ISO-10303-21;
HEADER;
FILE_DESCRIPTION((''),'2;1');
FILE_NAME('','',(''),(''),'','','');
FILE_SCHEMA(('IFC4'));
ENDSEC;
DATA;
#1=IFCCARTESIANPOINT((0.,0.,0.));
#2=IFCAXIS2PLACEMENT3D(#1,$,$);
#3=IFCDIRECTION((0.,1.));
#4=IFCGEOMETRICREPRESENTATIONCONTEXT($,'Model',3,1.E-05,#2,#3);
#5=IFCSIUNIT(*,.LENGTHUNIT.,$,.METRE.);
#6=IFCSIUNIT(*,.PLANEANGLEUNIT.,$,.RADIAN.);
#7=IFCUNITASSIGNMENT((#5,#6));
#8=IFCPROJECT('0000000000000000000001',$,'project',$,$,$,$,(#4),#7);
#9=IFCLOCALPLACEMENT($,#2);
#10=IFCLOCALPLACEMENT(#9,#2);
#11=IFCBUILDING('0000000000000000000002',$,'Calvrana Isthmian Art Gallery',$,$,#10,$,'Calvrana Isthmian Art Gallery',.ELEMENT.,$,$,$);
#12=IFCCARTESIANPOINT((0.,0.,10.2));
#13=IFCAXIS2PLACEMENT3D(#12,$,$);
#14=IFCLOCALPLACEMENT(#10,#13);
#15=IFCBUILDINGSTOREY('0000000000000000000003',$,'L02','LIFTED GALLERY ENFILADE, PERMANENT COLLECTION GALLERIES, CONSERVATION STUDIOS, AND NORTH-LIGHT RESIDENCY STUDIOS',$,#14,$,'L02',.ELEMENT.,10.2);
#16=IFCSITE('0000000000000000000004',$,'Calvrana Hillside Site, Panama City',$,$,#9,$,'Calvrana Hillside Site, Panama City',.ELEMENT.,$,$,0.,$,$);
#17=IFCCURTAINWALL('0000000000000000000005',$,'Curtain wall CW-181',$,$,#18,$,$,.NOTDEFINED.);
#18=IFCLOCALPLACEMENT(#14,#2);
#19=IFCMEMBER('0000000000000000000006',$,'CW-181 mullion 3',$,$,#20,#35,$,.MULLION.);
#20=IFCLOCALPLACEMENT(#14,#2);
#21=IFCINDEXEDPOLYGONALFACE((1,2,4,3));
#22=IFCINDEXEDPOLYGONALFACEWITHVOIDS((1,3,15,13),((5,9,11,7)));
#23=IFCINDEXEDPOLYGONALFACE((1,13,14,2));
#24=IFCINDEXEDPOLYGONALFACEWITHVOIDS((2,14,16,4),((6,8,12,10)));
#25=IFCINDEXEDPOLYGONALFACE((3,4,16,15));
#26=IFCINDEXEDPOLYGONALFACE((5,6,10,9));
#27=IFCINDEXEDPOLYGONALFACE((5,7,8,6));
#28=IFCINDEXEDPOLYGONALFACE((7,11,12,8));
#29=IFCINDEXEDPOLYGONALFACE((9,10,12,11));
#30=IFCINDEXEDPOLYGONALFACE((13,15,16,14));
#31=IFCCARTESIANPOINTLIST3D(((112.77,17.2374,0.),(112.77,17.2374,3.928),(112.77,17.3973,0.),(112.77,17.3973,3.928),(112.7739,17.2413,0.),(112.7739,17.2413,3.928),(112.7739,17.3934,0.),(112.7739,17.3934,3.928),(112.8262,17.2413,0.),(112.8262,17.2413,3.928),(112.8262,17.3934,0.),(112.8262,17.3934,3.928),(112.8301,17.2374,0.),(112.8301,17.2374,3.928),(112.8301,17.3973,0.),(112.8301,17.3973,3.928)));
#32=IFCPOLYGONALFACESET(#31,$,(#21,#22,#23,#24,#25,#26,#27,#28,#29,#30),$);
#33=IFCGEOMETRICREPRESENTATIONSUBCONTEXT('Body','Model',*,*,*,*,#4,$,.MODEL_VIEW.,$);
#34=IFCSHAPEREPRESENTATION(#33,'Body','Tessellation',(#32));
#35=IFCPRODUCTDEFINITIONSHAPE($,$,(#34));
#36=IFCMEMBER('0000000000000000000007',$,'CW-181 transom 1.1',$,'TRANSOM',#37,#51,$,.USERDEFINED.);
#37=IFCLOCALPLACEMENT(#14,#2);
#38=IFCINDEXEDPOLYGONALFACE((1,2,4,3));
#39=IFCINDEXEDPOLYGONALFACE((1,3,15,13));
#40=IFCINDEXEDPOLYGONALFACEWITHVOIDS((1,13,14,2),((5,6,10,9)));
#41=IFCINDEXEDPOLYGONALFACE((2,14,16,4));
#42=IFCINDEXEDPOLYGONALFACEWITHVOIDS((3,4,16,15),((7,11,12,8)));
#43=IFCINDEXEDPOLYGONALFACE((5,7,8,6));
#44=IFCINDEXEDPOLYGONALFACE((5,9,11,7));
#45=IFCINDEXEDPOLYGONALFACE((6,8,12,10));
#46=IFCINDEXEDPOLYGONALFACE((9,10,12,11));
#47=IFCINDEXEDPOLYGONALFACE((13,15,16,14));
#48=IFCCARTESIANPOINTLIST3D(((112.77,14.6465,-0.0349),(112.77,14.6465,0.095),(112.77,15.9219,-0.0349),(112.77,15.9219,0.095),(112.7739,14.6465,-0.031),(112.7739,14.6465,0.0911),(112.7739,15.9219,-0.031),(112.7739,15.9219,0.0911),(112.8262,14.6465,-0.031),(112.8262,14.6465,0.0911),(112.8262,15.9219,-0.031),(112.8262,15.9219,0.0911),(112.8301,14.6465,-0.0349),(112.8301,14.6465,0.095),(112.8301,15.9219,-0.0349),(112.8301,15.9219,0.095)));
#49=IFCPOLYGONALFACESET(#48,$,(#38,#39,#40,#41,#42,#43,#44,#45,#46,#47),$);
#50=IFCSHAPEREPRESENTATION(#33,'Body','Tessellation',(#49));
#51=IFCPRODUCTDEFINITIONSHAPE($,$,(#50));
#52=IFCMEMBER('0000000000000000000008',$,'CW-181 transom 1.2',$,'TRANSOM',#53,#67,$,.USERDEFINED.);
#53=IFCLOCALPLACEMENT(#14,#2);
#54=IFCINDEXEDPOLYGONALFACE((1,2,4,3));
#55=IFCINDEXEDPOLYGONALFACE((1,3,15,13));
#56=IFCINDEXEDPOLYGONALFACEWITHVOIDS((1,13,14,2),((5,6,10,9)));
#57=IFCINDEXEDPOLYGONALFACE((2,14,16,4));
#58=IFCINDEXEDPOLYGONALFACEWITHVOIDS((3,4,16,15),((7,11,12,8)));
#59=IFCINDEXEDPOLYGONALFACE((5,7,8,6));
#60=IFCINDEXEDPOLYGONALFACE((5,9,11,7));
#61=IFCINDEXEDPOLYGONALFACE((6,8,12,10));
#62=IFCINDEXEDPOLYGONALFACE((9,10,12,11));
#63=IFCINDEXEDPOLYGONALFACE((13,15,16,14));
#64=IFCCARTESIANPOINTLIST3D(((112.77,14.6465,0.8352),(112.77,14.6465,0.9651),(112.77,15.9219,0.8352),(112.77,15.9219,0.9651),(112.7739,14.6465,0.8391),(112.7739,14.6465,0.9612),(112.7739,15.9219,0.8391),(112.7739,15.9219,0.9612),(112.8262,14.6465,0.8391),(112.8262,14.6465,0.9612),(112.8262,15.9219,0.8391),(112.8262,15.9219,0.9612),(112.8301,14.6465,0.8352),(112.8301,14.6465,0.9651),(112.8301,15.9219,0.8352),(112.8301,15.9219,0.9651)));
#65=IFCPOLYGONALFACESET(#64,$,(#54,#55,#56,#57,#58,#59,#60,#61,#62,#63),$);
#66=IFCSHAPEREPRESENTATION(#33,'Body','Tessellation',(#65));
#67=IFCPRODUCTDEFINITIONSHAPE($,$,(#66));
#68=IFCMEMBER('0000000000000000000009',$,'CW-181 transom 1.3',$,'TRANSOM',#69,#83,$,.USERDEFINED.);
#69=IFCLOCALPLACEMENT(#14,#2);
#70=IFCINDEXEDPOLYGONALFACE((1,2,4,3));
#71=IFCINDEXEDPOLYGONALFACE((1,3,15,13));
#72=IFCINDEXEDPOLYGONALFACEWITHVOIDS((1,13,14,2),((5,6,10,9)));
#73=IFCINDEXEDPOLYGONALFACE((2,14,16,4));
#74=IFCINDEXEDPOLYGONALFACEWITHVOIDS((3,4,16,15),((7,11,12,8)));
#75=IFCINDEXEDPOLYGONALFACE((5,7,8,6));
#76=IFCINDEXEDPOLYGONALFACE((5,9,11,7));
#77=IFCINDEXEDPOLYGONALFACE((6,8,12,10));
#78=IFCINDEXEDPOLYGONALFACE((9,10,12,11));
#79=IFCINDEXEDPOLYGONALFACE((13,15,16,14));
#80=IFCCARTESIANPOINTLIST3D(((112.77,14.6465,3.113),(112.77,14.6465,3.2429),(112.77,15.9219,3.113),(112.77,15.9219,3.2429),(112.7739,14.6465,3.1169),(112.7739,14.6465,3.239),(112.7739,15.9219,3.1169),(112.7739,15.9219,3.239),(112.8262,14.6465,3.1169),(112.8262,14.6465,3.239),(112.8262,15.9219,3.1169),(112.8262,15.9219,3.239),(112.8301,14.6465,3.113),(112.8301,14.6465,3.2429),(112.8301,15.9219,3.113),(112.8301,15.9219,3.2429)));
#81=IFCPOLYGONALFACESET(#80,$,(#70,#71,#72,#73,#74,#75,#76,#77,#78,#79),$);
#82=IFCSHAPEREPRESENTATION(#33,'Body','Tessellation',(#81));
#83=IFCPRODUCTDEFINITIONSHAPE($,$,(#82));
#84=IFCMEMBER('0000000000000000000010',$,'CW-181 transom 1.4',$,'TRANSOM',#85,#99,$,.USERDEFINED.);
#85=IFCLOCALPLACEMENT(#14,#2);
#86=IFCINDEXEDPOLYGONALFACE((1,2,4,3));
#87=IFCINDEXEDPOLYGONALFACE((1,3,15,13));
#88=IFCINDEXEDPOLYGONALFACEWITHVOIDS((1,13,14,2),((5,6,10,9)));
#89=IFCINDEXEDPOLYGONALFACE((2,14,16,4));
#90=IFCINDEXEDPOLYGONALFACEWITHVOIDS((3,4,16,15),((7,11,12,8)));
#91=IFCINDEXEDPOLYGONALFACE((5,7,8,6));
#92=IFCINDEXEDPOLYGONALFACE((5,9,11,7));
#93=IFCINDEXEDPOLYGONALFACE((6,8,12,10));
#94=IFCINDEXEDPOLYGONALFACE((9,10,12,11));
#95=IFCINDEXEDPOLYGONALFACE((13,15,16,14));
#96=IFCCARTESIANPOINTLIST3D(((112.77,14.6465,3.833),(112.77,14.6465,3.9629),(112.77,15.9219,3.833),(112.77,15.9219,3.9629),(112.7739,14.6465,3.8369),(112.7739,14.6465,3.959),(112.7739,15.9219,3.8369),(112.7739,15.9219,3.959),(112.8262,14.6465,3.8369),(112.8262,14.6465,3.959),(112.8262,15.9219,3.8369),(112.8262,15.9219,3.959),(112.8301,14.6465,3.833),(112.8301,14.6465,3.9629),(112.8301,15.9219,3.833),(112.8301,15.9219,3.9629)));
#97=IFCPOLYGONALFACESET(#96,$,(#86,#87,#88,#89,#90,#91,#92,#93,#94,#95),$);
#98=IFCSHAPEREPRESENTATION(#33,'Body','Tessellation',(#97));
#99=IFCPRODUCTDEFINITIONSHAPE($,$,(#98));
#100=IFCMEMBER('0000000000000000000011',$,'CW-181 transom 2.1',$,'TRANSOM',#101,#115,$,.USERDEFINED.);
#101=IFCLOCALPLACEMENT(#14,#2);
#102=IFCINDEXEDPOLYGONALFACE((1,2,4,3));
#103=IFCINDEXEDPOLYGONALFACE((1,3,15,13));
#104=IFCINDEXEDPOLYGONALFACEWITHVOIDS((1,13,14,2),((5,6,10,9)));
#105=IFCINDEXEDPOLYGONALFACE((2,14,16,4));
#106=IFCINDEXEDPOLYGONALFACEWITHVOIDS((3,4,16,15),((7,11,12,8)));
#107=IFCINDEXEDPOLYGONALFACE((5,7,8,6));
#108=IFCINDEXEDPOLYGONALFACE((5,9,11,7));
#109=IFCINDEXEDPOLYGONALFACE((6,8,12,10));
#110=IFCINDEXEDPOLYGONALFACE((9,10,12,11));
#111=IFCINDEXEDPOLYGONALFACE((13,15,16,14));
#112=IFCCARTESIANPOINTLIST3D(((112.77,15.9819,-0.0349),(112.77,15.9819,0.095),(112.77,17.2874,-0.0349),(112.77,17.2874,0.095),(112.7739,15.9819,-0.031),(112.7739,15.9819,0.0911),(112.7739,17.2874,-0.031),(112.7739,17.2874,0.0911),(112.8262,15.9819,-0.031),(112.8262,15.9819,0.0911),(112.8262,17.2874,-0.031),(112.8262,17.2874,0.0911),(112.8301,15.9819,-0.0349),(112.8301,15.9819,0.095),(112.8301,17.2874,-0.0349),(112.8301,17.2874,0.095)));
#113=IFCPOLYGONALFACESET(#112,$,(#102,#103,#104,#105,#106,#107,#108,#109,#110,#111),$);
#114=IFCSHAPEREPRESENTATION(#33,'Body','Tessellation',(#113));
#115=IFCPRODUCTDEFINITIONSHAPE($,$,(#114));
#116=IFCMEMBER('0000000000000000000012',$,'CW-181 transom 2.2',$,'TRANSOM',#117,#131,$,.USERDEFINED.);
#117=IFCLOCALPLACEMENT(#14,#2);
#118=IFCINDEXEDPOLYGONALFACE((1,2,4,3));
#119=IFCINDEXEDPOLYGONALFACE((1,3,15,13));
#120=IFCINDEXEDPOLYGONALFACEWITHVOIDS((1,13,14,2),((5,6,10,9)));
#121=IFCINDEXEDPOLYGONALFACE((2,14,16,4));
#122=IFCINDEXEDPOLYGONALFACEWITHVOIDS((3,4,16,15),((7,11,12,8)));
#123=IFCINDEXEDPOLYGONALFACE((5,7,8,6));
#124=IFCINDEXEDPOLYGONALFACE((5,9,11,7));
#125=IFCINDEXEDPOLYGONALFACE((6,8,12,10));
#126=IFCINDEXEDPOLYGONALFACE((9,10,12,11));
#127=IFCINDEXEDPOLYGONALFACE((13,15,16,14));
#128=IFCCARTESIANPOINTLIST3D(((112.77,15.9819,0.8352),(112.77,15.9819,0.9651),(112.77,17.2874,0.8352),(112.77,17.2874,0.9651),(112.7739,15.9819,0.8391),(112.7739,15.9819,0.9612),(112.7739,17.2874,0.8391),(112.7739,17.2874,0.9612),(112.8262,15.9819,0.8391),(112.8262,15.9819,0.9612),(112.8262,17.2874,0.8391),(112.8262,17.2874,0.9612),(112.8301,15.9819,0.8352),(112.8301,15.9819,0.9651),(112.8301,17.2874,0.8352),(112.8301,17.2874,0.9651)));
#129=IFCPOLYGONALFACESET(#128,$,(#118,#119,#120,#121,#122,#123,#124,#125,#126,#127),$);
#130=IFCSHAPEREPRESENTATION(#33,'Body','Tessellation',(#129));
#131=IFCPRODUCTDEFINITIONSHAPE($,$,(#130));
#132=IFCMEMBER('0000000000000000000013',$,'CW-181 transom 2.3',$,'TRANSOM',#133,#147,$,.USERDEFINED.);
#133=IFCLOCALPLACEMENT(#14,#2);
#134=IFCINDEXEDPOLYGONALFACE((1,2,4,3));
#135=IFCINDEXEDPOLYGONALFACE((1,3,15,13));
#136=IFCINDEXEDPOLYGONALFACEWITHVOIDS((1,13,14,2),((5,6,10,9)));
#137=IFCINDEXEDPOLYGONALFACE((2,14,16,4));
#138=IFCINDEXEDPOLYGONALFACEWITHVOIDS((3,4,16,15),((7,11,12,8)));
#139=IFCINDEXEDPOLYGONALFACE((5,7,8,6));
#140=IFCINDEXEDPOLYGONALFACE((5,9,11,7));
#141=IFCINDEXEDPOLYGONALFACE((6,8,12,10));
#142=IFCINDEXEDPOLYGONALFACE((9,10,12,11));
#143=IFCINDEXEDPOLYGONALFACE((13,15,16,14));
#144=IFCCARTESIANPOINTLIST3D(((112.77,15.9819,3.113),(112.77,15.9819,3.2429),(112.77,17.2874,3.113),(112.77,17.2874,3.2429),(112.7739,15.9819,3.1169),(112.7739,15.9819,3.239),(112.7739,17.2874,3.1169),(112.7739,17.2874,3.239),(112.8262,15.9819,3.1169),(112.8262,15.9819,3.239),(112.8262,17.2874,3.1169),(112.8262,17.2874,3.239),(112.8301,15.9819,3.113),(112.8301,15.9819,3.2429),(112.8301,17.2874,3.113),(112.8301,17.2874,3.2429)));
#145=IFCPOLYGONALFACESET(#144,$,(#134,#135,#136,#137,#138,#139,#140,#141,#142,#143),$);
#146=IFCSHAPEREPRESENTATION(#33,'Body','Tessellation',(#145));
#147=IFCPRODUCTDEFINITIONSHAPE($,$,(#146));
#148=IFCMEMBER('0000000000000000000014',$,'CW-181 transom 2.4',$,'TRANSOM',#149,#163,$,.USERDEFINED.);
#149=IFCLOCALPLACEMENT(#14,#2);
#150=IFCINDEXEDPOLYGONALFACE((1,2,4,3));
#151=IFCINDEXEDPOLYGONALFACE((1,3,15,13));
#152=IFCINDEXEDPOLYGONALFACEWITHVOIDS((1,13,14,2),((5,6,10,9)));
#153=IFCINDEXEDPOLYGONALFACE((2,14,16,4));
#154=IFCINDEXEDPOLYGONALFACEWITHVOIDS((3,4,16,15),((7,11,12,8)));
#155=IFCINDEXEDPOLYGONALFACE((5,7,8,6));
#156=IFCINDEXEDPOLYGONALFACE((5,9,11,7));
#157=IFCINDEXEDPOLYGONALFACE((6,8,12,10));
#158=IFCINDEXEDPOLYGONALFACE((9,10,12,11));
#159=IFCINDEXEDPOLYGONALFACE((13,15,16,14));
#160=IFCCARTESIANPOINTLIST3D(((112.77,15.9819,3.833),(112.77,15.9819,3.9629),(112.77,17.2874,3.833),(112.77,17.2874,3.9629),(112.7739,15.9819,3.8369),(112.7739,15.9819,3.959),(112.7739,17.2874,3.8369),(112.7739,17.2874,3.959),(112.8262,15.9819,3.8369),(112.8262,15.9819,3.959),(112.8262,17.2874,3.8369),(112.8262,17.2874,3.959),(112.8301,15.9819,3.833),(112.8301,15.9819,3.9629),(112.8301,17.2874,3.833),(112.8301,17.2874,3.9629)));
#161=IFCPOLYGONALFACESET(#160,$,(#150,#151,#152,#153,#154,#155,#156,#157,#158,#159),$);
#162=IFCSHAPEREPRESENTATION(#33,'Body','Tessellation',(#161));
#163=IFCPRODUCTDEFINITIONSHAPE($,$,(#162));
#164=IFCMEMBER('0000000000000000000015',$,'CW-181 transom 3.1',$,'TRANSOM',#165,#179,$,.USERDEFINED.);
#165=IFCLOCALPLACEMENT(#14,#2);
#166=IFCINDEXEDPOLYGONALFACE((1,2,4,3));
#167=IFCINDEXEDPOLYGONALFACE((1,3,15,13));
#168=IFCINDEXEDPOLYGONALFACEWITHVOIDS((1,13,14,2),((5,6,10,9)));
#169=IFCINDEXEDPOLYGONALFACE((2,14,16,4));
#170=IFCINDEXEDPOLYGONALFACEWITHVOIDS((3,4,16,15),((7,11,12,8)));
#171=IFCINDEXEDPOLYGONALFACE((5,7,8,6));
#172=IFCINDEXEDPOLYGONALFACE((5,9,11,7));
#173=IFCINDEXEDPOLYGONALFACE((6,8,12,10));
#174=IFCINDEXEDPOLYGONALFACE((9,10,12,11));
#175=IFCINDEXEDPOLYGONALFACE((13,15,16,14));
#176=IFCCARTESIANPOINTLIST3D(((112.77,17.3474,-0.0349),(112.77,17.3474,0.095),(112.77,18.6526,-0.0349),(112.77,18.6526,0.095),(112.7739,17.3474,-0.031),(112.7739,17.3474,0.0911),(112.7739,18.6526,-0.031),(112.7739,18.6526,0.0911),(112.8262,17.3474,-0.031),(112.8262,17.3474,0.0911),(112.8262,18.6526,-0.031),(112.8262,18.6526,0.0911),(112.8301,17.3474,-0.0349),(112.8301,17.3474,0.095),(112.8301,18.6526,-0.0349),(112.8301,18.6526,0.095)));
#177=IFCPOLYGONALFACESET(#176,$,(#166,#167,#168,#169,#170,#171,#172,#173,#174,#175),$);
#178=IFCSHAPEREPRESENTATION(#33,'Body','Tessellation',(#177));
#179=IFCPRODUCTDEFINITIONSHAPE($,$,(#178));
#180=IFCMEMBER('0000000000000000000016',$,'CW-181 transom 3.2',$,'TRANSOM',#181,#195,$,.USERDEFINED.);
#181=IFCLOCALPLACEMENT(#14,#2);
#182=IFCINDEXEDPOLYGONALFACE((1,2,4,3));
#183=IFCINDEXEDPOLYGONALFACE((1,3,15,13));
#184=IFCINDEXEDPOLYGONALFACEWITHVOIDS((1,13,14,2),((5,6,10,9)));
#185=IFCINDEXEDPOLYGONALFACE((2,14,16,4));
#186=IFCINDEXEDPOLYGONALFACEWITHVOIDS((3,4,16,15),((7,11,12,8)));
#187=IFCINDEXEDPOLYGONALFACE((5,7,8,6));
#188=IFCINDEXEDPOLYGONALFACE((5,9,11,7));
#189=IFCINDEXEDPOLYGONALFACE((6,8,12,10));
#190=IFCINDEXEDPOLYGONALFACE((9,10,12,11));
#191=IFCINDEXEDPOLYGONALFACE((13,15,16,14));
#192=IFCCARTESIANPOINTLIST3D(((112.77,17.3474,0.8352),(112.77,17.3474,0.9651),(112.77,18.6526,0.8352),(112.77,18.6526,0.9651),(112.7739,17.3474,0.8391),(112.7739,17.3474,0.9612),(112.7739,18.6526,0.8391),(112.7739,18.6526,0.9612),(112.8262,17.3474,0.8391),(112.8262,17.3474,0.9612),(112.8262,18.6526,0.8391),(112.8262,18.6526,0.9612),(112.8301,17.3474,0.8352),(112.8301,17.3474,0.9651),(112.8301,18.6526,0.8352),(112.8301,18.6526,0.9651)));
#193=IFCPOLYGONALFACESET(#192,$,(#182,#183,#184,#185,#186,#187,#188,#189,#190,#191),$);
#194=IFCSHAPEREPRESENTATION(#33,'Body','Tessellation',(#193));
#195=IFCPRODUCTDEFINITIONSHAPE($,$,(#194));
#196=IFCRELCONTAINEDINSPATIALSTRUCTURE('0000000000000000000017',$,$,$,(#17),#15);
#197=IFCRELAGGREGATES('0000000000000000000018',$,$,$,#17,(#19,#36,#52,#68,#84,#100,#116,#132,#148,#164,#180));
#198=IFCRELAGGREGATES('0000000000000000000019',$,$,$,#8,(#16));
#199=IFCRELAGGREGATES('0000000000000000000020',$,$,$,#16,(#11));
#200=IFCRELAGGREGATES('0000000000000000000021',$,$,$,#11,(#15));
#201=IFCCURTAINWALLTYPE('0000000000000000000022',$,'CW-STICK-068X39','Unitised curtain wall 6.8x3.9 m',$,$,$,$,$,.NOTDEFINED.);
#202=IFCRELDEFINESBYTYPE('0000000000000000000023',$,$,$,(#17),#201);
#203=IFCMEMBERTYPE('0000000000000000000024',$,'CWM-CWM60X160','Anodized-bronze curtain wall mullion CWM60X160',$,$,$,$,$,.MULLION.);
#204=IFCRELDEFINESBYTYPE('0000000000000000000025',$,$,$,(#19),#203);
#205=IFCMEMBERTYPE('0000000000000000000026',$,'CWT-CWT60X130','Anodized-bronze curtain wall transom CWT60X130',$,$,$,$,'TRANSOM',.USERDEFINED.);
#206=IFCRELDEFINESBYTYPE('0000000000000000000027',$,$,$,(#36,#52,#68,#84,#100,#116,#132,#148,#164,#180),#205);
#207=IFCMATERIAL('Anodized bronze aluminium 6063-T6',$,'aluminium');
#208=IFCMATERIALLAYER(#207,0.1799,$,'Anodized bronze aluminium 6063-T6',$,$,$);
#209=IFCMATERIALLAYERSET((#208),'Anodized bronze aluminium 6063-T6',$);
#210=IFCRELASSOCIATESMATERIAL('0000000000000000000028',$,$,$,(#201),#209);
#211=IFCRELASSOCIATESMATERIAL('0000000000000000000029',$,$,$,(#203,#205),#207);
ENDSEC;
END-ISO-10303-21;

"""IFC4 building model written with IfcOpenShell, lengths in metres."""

from ifc_helpers import new_model, si_unit, direction, frame, origin, origin_2d, place, context, subcontext, project, spatial, hollow_rectangle, extrude, material, layer, layer_set, material_profile, profile_set, type_object, element, aggregate, save


model = new_model("IFC4")

# Units and contexts
model_context = context("Model", 3, precision=1e-05, world=origin(), true_north=direction((0.0, 1.0)))
body_context = subcontext(model_context, "Body", "Model", "MODEL_VIEW")
ifc_project = project(units=[si_unit("LENGTHUNIT", "METRE"), si_unit("PLANEANGLEUNIT", "RADIAN")], contexts=[model_context])

# Site, building, storey
site_placement = place(None, origin())
site = spatial("IfcSite", under=ifc_project, at=site_placement, Name="Calvrana Hillside Site, Panama City", LongName="Calvrana Hillside Site, Panama City", CompositionType="ELEMENT", RefElevation=0.0)
building_placement = place(site_placement, origin())
building = spatial("IfcBuilding", under=site, at=building_placement, Name="Calvrana Isthmian Art Gallery", LongName="Calvrana Isthmian Art Gallery", CompositionType="ELEMENT")
storey_placement = place(building_placement, frame((0.0, 0.0, 10.2)))
storey = spatial("IfcBuildingStorey", under=building, at=storey_placement, Name="L02", Description="LIFTED GALLERY ENFILADE, PERMANENT COLLECTION GALLERIES, CONSERVATION STUDIOS, AND NORTH-LIGHT RESIDENCY STUDIOS", LongName="L02", CompositionType="ELEMENT", Elevation=10.2)

# Curtain wall, members
ifc_material_1 = material(Name="Anodized bronze aluminium 6063-T6", Category="aluminium")
ifc_layer_1 = layer(ifc_material_1, 0.1799, Name="Anodized bronze aluminium 6063-T6")
ifc_layer_set_1 = layer_set([ifc_layer_1], Name="Anodized bronze aluminium 6063-T6")
curtain_wall_type = type_object("IfcCurtainWallType", Name="CW-STICK-068X39", Description="Unitised curtain wall 6.8x3.9 m", PredefinedType="NOTDEFINED", material=ifc_layer_set_1)
curtain_wall_placement = place(storey_placement, origin())
curtain_wall = element("IfcCurtainWall", 1, at=curtain_wall_placement, inside=storey, type_object=curtain_wall_type, Name="Curtain wall CW-181", PredefinedType="NOTDEFINED")
ifc_material_profile_1 = material_profile(ifc_material_1, hollow_rectangle(XDim=0.0601, YDim=0.1599, WallThickness=0.0039, at=origin_2d()), Name="CWM60X160")
ifc_profile_set_1 = profile_set([ifc_material_profile_1], Name="Anodized bronze aluminium 6063-T6")
member_type_1 = type_object("IfcMemberType", Name="CWM-CWM60X160", Description="Anodized-bronze curtain wall mullion CWM60X160", PredefinedType="MULLION", material=ifc_profile_set_1)
member_1_placement = place(storey_placement, frame((112.8, 17.3174, 0.0), z_axis=(0.0, 0.0, 1.0), x_axis=(-1.0, 0.0, 0.0)))
member_1 = element("IfcMember", 2, at=member_1_placement, type_object=member_type_1, Name="CW-181 mullion 3", PredefinedType="MULLION", context=body_context, shape_type="SweptSolid", body=[
    extrude(hollow_rectangle(XDim=0.0601, YDim=0.1599, WallThickness=0.0039, at=origin_2d()), origin(), (0.0, 0.0, 1.0), 3.928),
])
ifc_material_profile_2 = material_profile(ifc_material_1, hollow_rectangle(XDim=0.0601, YDim=0.1299, WallThickness=0.0039, at=origin_2d()), Name="CWT60X130")
ifc_profile_set_2 = profile_set([ifc_material_profile_2], Name="Anodized bronze aluminium 6063-T6")
member_type_2 = type_object("IfcMemberType", Name="CWT-CWT60X130", Description="Anodized-bronze curtain wall transom CWT60X130", ElementType="TRANSOM", PredefinedType="USERDEFINED", material=ifc_profile_set_2)
member_2_placement = place(storey_placement, frame((112.8, 14.6465, 0.03), z_axis=(0.0, 1.0, 0.0), x_axis=(-1.0, 0.0, 0.0)))
member_2 = element("IfcMember", 3, at=member_2_placement, type_object=member_type_2, Name="CW-181 transom 1.1", ObjectType="TRANSOM", PredefinedType="USERDEFINED", context=body_context, shape_type="SweptSolid", body=[
    extrude(hollow_rectangle(XDim=0.0601, YDim=0.1299, WallThickness=0.0039, at=origin_2d()), origin(), (0.0, 0.0, 1.0), 1.2754),
])
member_3_placement = place(storey_placement, frame((112.8, 14.6465, 0.9001), z_axis=(0.0, 1.0, 0.0), x_axis=(-1.0, 0.0, 0.0)))
member_3 = element("IfcMember", 4, at=member_3_placement, type_object=member_type_2, Name="CW-181 transom 1.2", ObjectType="TRANSOM", PredefinedType="USERDEFINED", context=body_context, shape_type="SweptSolid", body=[
    extrude(hollow_rectangle(XDim=0.0601, YDim=0.1299, WallThickness=0.0039, at=origin_2d()), origin(), (0.0, 0.0, 1.0), 1.2754),
])
member_4_placement = place(storey_placement, frame((112.8, 14.6465, 3.178), z_axis=(0.0, 1.0, 0.0), x_axis=(-1.0, 0.0, 0.0)))
member_4 = element("IfcMember", 5, at=member_4_placement, type_object=member_type_2, Name="CW-181 transom 1.3", ObjectType="TRANSOM", PredefinedType="USERDEFINED", context=body_context, shape_type="SweptSolid", body=[
    extrude(hollow_rectangle(XDim=0.0601, YDim=0.1299, WallThickness=0.0039, at=origin_2d()), origin(), (0.0, 0.0, 1.0), 1.2754),
])
member_5_placement = place(storey_placement, frame((112.8, 14.6465, 3.8979), z_axis=(0.0, 1.0, 0.0), x_axis=(-1.0, 0.0, 0.0)))
member_5 = element("IfcMember", 6, at=member_5_placement, type_object=member_type_2, Name="CW-181 transom 1.4", ObjectType="TRANSOM", PredefinedType="USERDEFINED", context=body_context, shape_type="SweptSolid", body=[
    extrude(hollow_rectangle(XDim=0.0601, YDim=0.1299, WallThickness=0.0039, at=origin_2d()), origin(), (0.0, 0.0, 1.0), 1.2754),
])
member_6_placement = place(storey_placement, frame((112.8, 15.9819, 0.03), z_axis=(0.0, 1.0, 0.0), x_axis=(-1.0, 0.0, 0.0)))
member_6 = element("IfcMember", 7, at=member_6_placement, type_object=member_type_2, Name="CW-181 transom 2.1", ObjectType="TRANSOM", PredefinedType="USERDEFINED", context=body_context, shape_type="SweptSolid", body=[
    extrude(hollow_rectangle(XDim=0.0601, YDim=0.1299, WallThickness=0.0039, at=origin_2d()), origin(), (0.0, 0.0, 1.0), 1.3054),
])
member_7_placement = place(storey_placement, frame((112.8, 15.9819, 0.9001), z_axis=(0.0, 1.0, 0.0), x_axis=(-1.0, 0.0, 0.0)))
member_7 = element("IfcMember", 8, at=member_7_placement, type_object=member_type_2, Name="CW-181 transom 2.2", ObjectType="TRANSOM", PredefinedType="USERDEFINED", context=body_context, shape_type="SweptSolid", body=[
    extrude(hollow_rectangle(XDim=0.0601, YDim=0.1299, WallThickness=0.0039, at=origin_2d()), origin(), (0.0, 0.0, 1.0), 1.3054),
])
member_8_placement = place(storey_placement, frame((112.8, 15.9819, 3.178), z_axis=(0.0, 1.0, 0.0), x_axis=(-1.0, 0.0, 0.0)))
member_8 = element("IfcMember", 9, at=member_8_placement, type_object=member_type_2, Name="CW-181 transom 2.3", ObjectType="TRANSOM", PredefinedType="USERDEFINED", context=body_context, shape_type="SweptSolid", body=[
    extrude(hollow_rectangle(XDim=0.0601, YDim=0.1299, WallThickness=0.0039, at=origin_2d()), origin(), (0.0, 0.0, 1.0), 1.3054),
])
member_9_placement = place(storey_placement, frame((112.8, 15.9819, 3.8979), z_axis=(0.0, 1.0, 0.0), x_axis=(-1.0, 0.0, 0.0)))
member_9 = element("IfcMember", 10, at=member_9_placement, type_object=member_type_2, Name="CW-181 transom 2.4", ObjectType="TRANSOM", PredefinedType="USERDEFINED", context=body_context, shape_type="SweptSolid", body=[
    extrude(hollow_rectangle(XDim=0.0601, YDim=0.1299, WallThickness=0.0039, at=origin_2d()), origin(), (0.0, 0.0, 1.0), 1.3054),
])
member_10_placement = place(storey_placement, frame((112.8, 17.3474, 0.03), z_axis=(0.0, 1.0, 0.0), x_axis=(-1.0, 0.0, 0.0)))
member_10 = element("IfcMember", 11, at=member_10_placement, type_object=member_type_2, Name="CW-181 transom 3.1", ObjectType="TRANSOM", PredefinedType="USERDEFINED", context=body_context, shape_type="SweptSolid", body=[
    extrude(hollow_rectangle(XDim=0.0601, YDim=0.1299, WallThickness=0.0039, at=origin_2d()), origin(), (0.0, 0.0, 1.0), 1.3052),
])
member_11_placement = place(storey_placement, frame((112.8, 17.3474, 0.9001), z_axis=(0.0, 1.0, 0.0), x_axis=(-1.0, 0.0, 0.0)))
member_11 = element("IfcMember", 12, at=member_11_placement, type_object=member_type_2, Name="CW-181 transom 3.2", ObjectType="TRANSOM", PredefinedType="USERDEFINED", context=body_context, shape_type="SweptSolid", body=[
    extrude(hollow_rectangle(XDim=0.0601, YDim=0.1299, WallThickness=0.0039, at=origin_2d()), origin(), (0.0, 0.0, 1.0), 1.3052),
])
aggregate(curtain_wall, [member_1, member_2, member_3, member_4, member_5, member_6, member_7, member_8, member_9, member_10, member_11])

save(model, "model.ifc")
